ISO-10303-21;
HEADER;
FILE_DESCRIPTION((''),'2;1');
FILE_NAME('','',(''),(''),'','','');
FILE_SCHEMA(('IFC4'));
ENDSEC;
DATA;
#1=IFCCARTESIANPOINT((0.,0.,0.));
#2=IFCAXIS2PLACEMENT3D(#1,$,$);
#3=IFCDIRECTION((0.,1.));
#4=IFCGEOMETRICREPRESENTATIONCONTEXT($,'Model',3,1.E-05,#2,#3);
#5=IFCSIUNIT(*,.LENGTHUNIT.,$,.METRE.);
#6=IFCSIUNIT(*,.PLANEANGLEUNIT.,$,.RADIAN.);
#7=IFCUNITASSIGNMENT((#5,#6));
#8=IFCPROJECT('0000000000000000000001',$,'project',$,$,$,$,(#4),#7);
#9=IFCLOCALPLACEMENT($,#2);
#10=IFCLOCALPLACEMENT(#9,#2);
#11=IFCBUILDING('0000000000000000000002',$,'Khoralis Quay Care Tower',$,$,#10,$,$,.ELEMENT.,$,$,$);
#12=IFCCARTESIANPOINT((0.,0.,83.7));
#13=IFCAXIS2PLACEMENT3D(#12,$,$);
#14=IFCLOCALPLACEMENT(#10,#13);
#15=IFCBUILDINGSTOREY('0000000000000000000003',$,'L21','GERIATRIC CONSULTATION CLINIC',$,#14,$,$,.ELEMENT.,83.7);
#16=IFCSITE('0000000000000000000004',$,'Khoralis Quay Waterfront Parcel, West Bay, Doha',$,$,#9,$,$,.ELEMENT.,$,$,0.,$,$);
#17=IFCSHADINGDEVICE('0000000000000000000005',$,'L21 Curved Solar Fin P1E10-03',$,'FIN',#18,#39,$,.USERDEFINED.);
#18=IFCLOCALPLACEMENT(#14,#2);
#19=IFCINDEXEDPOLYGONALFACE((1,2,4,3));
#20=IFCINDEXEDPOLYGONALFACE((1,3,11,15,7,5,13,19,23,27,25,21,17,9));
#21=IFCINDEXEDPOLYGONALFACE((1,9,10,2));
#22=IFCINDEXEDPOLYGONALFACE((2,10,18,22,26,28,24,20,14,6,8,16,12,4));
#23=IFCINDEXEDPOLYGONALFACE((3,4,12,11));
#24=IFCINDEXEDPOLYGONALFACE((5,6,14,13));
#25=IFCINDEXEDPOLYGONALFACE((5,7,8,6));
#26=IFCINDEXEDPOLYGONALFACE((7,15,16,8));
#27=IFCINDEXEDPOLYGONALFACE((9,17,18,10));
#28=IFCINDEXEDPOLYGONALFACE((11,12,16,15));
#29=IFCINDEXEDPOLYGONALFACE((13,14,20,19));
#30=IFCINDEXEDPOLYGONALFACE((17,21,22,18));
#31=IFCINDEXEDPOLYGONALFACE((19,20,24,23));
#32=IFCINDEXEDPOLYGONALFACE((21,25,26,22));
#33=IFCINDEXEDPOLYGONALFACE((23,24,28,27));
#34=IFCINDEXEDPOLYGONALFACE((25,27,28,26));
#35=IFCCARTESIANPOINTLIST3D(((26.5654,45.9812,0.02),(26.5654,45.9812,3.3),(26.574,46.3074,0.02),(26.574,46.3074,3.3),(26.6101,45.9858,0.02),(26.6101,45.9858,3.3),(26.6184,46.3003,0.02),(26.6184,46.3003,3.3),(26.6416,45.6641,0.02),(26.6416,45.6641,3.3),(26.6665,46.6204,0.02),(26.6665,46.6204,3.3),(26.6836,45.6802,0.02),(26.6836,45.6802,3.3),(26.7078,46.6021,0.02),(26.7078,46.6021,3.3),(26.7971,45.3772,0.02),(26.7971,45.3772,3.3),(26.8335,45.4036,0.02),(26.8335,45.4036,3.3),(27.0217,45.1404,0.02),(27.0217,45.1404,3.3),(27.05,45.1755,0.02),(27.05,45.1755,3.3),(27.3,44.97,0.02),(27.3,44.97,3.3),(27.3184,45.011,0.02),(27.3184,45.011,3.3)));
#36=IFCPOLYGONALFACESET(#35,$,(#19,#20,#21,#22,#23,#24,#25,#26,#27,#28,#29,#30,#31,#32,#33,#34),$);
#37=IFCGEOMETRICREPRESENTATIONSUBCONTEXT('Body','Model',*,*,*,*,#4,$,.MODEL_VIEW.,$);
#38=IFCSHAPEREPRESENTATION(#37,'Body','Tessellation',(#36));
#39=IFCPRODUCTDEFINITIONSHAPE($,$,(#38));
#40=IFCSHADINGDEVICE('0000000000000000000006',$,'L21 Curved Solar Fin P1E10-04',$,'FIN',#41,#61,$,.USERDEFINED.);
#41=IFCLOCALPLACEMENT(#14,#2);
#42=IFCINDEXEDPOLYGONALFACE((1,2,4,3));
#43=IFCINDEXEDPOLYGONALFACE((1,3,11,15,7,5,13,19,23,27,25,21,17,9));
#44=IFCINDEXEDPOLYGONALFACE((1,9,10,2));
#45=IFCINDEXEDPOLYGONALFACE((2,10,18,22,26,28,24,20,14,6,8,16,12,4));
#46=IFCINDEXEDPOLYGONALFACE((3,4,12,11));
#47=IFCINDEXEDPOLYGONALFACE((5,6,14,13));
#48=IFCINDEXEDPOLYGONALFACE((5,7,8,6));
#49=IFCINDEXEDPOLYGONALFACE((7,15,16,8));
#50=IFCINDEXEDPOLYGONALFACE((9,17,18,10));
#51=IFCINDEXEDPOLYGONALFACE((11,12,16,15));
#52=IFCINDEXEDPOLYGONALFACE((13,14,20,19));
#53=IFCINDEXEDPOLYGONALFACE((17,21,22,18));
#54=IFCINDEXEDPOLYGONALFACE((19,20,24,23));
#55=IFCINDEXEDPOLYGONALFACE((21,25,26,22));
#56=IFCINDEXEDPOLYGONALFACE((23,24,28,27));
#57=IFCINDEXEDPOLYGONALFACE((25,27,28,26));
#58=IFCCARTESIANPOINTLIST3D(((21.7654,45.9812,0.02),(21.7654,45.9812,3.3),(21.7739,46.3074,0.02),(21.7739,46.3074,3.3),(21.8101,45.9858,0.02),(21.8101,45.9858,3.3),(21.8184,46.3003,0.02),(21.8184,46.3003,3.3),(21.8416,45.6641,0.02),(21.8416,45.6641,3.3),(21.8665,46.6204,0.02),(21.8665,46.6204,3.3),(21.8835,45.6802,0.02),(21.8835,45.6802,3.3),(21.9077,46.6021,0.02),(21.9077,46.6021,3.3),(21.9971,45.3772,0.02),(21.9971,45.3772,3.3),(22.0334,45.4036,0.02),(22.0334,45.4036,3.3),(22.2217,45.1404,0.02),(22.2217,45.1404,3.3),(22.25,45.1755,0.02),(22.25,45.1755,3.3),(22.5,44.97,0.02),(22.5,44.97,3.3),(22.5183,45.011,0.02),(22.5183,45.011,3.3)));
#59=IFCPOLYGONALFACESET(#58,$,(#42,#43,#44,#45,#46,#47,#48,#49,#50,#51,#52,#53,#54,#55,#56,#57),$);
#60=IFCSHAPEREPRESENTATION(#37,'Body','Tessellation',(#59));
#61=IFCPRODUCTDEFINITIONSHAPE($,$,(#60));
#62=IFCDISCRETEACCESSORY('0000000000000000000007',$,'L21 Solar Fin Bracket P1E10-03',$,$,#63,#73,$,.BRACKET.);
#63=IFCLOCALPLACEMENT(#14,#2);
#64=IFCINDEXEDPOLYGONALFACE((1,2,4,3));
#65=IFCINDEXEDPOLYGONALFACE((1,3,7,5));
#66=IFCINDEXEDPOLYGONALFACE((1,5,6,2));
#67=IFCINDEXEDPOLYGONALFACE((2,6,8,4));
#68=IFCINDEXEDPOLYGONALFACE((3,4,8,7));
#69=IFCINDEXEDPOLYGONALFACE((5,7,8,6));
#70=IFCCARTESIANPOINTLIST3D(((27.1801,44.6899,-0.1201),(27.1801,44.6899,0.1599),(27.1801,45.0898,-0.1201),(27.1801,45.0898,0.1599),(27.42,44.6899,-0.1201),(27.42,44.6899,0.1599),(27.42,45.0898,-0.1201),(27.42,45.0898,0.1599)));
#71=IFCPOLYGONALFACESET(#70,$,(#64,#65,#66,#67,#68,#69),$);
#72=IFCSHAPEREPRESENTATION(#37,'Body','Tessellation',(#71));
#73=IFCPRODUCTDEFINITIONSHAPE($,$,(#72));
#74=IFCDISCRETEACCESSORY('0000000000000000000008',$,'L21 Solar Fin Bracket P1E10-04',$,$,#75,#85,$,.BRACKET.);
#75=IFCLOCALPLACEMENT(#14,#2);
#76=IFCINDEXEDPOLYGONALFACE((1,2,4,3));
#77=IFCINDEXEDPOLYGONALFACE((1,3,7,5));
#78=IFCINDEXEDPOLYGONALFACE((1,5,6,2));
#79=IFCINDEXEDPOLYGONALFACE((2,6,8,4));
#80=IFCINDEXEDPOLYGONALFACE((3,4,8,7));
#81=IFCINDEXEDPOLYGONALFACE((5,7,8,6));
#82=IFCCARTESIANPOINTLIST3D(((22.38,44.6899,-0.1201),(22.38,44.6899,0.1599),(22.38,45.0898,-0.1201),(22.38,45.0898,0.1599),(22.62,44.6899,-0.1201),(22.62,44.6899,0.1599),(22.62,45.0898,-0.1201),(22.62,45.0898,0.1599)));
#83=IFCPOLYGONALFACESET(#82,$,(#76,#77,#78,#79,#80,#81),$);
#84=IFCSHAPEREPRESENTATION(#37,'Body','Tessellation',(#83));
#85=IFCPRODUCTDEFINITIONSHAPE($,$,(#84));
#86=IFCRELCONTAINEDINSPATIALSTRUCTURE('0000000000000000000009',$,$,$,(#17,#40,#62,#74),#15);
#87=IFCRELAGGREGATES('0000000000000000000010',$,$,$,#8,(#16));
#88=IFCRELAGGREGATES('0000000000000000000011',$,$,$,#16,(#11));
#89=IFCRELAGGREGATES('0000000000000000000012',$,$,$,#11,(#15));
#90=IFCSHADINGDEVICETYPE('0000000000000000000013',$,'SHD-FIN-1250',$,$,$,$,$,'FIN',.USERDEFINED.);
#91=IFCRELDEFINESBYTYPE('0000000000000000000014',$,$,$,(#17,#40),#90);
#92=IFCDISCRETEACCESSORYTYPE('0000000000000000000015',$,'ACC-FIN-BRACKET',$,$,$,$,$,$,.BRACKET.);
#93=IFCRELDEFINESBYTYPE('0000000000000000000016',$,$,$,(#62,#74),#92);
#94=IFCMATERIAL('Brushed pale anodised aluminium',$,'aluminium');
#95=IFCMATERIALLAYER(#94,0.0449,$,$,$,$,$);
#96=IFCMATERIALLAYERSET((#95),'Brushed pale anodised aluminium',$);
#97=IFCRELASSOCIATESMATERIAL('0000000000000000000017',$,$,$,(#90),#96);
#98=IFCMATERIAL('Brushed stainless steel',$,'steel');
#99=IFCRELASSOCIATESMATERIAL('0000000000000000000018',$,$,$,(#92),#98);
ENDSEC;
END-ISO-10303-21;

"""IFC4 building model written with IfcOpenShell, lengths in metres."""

from ifc_helpers import new_model, si_unit, direction, frame, origin, origin_2d, place, context, subcontext, project, spatial, polyline, rectangle, outline, extrude, source, transform, mapped, material, layer, layer_set, type_object, element, save


model = new_model("IFC4")

# Units and contexts
model_context = context("Model", 3, precision=1e-05, world=origin(), true_north=direction((0.0, 1.0)))
body_context = subcontext(model_context, "Body", "Model", "MODEL_VIEW")
ifc_project = project(units=[si_unit("LENGTHUNIT", "METRE"), si_unit("PLANEANGLEUNIT", "RADIAN")], contexts=[model_context])

# Site, building, storey
site_placement = place(None, origin())
site = spatial("IfcSite", under=ifc_project, at=site_placement, Name="Khoralis Quay Waterfront Parcel, West Bay, Doha", CompositionType="ELEMENT", RefElevation=0.0)
building_placement = place(site_placement, origin())
building = spatial("IfcBuilding", under=site, at=building_placement, Name="Khoralis Quay Care Tower", CompositionType="ELEMENT")
storey_placement = place(building_placement, frame((0.0, 0.0, 83.7)))
storey = spatial("IfcBuildingStorey", under=building, at=storey_placement, Name="L21", Description="GERIATRIC CONSULTATION CLINIC", CompositionType="ELEMENT", Elevation=83.7)

# Shading devices
ifc_material_1 = material(Name="Brushed pale anodised aluminium", Category="aluminium")
ifc_layer_1 = layer(ifc_material_1, 0.0449)
ifc_layer_set_1 = layer_set([ifc_layer_1], Name="Brushed pale anodised aluminium")
shading_device_type = type_object("IfcShadingDeviceType", Name="SHD-FIN-1250", ElementType="FIN", PredefinedType="USERDEFINED", material=ifc_layer_set_1)
shared_shape_1 = source(origin(), body_context, "Body", "SweptSolid", [
    extrude(outline(polyline([(0.0, 0.0), (0.1704, 0.2783), (0.4072, 0.5029), (0.6941, 0.6584), (1.0112, 0.7346), (1.3374, 0.7261), (1.6504, 0.6335), (1.6321, 0.5923), (1.3303, 0.6816), (1.0159, 0.6899), (0.7102, 0.6165), (0.4336, 0.4666), (0.2056, 0.25), (0.041, -0.0183), (0.0, 0.0)])), origin(), (0.0, 0.0, 1.0), 3.28),
])
for number, where, z_axis, x_axis, name in (
    (1, (27.3, 44.97, 0.02), (0.0, 0.0, 1.0), (0.0, 1.0, 0.0), "L21 Curved Solar Fin P1E10-03"),
    (2, (22.5, 44.97, 0.02), (0.0, 0.0, 1.0), (0.0, 1.0, 0.0), "L21 Curved Solar Fin P1E10-04"),
):
    element("IfcShadingDevice", number, at=place(storey_placement, frame(where, z_axis=z_axis, x_axis=x_axis)), inside=storey, type_object=shading_device_type, Name=name, ObjectType="FIN", PredefinedType="USERDEFINED", context=body_context, shape_type="MappedRepresentation", body=[
        mapped(shared_shape_1, transform((0.0, 0.0, 0.0), scale=1.0)),
    ])

# Discrete accessories
ifc_material_2 = material(Name="Brushed stainless steel", Category="steel")
discrete_accessory_type = type_object("IfcDiscreteAccessoryType", Name="ACC-FIN-BRACKET", PredefinedType="BRACKET", material=ifc_material_2)
shared_shape_2 = source(origin(), body_context, "Body", "SweptSolid", [
    extrude(rectangle(XDim=0.3999, YDim=0.24, at=origin_2d()), origin(), (0.0, 0.0, 1.0), 0.28),
])
for number, where, z_axis, x_axis, name in (
    (3, (27.3, 44.8899, -0.1201), (0.0, 0.0, 1.0), (0.0, 1.0, 0.0), "L21 Solar Fin Bracket P1E10-03"),
    (4, (22.5, 44.8899, -0.1201), (0.0, 0.0, 1.0), (0.0, 1.0, 0.0), "L21 Solar Fin Bracket P1E10-04"),
):
    element("IfcDiscreteAccessory", number, at=place(storey_placement, frame(where, z_axis=z_axis, x_axis=x_axis)), inside=storey, type_object=discrete_accessory_type, Name=name, PredefinedType="BRACKET", context=body_context, shape_type="MappedRepresentation", body=[
        mapped(shared_shape_2, transform((0.0, 0.0, 0.0), scale=1.0)),
    ])

save(model, "model.ifc")
